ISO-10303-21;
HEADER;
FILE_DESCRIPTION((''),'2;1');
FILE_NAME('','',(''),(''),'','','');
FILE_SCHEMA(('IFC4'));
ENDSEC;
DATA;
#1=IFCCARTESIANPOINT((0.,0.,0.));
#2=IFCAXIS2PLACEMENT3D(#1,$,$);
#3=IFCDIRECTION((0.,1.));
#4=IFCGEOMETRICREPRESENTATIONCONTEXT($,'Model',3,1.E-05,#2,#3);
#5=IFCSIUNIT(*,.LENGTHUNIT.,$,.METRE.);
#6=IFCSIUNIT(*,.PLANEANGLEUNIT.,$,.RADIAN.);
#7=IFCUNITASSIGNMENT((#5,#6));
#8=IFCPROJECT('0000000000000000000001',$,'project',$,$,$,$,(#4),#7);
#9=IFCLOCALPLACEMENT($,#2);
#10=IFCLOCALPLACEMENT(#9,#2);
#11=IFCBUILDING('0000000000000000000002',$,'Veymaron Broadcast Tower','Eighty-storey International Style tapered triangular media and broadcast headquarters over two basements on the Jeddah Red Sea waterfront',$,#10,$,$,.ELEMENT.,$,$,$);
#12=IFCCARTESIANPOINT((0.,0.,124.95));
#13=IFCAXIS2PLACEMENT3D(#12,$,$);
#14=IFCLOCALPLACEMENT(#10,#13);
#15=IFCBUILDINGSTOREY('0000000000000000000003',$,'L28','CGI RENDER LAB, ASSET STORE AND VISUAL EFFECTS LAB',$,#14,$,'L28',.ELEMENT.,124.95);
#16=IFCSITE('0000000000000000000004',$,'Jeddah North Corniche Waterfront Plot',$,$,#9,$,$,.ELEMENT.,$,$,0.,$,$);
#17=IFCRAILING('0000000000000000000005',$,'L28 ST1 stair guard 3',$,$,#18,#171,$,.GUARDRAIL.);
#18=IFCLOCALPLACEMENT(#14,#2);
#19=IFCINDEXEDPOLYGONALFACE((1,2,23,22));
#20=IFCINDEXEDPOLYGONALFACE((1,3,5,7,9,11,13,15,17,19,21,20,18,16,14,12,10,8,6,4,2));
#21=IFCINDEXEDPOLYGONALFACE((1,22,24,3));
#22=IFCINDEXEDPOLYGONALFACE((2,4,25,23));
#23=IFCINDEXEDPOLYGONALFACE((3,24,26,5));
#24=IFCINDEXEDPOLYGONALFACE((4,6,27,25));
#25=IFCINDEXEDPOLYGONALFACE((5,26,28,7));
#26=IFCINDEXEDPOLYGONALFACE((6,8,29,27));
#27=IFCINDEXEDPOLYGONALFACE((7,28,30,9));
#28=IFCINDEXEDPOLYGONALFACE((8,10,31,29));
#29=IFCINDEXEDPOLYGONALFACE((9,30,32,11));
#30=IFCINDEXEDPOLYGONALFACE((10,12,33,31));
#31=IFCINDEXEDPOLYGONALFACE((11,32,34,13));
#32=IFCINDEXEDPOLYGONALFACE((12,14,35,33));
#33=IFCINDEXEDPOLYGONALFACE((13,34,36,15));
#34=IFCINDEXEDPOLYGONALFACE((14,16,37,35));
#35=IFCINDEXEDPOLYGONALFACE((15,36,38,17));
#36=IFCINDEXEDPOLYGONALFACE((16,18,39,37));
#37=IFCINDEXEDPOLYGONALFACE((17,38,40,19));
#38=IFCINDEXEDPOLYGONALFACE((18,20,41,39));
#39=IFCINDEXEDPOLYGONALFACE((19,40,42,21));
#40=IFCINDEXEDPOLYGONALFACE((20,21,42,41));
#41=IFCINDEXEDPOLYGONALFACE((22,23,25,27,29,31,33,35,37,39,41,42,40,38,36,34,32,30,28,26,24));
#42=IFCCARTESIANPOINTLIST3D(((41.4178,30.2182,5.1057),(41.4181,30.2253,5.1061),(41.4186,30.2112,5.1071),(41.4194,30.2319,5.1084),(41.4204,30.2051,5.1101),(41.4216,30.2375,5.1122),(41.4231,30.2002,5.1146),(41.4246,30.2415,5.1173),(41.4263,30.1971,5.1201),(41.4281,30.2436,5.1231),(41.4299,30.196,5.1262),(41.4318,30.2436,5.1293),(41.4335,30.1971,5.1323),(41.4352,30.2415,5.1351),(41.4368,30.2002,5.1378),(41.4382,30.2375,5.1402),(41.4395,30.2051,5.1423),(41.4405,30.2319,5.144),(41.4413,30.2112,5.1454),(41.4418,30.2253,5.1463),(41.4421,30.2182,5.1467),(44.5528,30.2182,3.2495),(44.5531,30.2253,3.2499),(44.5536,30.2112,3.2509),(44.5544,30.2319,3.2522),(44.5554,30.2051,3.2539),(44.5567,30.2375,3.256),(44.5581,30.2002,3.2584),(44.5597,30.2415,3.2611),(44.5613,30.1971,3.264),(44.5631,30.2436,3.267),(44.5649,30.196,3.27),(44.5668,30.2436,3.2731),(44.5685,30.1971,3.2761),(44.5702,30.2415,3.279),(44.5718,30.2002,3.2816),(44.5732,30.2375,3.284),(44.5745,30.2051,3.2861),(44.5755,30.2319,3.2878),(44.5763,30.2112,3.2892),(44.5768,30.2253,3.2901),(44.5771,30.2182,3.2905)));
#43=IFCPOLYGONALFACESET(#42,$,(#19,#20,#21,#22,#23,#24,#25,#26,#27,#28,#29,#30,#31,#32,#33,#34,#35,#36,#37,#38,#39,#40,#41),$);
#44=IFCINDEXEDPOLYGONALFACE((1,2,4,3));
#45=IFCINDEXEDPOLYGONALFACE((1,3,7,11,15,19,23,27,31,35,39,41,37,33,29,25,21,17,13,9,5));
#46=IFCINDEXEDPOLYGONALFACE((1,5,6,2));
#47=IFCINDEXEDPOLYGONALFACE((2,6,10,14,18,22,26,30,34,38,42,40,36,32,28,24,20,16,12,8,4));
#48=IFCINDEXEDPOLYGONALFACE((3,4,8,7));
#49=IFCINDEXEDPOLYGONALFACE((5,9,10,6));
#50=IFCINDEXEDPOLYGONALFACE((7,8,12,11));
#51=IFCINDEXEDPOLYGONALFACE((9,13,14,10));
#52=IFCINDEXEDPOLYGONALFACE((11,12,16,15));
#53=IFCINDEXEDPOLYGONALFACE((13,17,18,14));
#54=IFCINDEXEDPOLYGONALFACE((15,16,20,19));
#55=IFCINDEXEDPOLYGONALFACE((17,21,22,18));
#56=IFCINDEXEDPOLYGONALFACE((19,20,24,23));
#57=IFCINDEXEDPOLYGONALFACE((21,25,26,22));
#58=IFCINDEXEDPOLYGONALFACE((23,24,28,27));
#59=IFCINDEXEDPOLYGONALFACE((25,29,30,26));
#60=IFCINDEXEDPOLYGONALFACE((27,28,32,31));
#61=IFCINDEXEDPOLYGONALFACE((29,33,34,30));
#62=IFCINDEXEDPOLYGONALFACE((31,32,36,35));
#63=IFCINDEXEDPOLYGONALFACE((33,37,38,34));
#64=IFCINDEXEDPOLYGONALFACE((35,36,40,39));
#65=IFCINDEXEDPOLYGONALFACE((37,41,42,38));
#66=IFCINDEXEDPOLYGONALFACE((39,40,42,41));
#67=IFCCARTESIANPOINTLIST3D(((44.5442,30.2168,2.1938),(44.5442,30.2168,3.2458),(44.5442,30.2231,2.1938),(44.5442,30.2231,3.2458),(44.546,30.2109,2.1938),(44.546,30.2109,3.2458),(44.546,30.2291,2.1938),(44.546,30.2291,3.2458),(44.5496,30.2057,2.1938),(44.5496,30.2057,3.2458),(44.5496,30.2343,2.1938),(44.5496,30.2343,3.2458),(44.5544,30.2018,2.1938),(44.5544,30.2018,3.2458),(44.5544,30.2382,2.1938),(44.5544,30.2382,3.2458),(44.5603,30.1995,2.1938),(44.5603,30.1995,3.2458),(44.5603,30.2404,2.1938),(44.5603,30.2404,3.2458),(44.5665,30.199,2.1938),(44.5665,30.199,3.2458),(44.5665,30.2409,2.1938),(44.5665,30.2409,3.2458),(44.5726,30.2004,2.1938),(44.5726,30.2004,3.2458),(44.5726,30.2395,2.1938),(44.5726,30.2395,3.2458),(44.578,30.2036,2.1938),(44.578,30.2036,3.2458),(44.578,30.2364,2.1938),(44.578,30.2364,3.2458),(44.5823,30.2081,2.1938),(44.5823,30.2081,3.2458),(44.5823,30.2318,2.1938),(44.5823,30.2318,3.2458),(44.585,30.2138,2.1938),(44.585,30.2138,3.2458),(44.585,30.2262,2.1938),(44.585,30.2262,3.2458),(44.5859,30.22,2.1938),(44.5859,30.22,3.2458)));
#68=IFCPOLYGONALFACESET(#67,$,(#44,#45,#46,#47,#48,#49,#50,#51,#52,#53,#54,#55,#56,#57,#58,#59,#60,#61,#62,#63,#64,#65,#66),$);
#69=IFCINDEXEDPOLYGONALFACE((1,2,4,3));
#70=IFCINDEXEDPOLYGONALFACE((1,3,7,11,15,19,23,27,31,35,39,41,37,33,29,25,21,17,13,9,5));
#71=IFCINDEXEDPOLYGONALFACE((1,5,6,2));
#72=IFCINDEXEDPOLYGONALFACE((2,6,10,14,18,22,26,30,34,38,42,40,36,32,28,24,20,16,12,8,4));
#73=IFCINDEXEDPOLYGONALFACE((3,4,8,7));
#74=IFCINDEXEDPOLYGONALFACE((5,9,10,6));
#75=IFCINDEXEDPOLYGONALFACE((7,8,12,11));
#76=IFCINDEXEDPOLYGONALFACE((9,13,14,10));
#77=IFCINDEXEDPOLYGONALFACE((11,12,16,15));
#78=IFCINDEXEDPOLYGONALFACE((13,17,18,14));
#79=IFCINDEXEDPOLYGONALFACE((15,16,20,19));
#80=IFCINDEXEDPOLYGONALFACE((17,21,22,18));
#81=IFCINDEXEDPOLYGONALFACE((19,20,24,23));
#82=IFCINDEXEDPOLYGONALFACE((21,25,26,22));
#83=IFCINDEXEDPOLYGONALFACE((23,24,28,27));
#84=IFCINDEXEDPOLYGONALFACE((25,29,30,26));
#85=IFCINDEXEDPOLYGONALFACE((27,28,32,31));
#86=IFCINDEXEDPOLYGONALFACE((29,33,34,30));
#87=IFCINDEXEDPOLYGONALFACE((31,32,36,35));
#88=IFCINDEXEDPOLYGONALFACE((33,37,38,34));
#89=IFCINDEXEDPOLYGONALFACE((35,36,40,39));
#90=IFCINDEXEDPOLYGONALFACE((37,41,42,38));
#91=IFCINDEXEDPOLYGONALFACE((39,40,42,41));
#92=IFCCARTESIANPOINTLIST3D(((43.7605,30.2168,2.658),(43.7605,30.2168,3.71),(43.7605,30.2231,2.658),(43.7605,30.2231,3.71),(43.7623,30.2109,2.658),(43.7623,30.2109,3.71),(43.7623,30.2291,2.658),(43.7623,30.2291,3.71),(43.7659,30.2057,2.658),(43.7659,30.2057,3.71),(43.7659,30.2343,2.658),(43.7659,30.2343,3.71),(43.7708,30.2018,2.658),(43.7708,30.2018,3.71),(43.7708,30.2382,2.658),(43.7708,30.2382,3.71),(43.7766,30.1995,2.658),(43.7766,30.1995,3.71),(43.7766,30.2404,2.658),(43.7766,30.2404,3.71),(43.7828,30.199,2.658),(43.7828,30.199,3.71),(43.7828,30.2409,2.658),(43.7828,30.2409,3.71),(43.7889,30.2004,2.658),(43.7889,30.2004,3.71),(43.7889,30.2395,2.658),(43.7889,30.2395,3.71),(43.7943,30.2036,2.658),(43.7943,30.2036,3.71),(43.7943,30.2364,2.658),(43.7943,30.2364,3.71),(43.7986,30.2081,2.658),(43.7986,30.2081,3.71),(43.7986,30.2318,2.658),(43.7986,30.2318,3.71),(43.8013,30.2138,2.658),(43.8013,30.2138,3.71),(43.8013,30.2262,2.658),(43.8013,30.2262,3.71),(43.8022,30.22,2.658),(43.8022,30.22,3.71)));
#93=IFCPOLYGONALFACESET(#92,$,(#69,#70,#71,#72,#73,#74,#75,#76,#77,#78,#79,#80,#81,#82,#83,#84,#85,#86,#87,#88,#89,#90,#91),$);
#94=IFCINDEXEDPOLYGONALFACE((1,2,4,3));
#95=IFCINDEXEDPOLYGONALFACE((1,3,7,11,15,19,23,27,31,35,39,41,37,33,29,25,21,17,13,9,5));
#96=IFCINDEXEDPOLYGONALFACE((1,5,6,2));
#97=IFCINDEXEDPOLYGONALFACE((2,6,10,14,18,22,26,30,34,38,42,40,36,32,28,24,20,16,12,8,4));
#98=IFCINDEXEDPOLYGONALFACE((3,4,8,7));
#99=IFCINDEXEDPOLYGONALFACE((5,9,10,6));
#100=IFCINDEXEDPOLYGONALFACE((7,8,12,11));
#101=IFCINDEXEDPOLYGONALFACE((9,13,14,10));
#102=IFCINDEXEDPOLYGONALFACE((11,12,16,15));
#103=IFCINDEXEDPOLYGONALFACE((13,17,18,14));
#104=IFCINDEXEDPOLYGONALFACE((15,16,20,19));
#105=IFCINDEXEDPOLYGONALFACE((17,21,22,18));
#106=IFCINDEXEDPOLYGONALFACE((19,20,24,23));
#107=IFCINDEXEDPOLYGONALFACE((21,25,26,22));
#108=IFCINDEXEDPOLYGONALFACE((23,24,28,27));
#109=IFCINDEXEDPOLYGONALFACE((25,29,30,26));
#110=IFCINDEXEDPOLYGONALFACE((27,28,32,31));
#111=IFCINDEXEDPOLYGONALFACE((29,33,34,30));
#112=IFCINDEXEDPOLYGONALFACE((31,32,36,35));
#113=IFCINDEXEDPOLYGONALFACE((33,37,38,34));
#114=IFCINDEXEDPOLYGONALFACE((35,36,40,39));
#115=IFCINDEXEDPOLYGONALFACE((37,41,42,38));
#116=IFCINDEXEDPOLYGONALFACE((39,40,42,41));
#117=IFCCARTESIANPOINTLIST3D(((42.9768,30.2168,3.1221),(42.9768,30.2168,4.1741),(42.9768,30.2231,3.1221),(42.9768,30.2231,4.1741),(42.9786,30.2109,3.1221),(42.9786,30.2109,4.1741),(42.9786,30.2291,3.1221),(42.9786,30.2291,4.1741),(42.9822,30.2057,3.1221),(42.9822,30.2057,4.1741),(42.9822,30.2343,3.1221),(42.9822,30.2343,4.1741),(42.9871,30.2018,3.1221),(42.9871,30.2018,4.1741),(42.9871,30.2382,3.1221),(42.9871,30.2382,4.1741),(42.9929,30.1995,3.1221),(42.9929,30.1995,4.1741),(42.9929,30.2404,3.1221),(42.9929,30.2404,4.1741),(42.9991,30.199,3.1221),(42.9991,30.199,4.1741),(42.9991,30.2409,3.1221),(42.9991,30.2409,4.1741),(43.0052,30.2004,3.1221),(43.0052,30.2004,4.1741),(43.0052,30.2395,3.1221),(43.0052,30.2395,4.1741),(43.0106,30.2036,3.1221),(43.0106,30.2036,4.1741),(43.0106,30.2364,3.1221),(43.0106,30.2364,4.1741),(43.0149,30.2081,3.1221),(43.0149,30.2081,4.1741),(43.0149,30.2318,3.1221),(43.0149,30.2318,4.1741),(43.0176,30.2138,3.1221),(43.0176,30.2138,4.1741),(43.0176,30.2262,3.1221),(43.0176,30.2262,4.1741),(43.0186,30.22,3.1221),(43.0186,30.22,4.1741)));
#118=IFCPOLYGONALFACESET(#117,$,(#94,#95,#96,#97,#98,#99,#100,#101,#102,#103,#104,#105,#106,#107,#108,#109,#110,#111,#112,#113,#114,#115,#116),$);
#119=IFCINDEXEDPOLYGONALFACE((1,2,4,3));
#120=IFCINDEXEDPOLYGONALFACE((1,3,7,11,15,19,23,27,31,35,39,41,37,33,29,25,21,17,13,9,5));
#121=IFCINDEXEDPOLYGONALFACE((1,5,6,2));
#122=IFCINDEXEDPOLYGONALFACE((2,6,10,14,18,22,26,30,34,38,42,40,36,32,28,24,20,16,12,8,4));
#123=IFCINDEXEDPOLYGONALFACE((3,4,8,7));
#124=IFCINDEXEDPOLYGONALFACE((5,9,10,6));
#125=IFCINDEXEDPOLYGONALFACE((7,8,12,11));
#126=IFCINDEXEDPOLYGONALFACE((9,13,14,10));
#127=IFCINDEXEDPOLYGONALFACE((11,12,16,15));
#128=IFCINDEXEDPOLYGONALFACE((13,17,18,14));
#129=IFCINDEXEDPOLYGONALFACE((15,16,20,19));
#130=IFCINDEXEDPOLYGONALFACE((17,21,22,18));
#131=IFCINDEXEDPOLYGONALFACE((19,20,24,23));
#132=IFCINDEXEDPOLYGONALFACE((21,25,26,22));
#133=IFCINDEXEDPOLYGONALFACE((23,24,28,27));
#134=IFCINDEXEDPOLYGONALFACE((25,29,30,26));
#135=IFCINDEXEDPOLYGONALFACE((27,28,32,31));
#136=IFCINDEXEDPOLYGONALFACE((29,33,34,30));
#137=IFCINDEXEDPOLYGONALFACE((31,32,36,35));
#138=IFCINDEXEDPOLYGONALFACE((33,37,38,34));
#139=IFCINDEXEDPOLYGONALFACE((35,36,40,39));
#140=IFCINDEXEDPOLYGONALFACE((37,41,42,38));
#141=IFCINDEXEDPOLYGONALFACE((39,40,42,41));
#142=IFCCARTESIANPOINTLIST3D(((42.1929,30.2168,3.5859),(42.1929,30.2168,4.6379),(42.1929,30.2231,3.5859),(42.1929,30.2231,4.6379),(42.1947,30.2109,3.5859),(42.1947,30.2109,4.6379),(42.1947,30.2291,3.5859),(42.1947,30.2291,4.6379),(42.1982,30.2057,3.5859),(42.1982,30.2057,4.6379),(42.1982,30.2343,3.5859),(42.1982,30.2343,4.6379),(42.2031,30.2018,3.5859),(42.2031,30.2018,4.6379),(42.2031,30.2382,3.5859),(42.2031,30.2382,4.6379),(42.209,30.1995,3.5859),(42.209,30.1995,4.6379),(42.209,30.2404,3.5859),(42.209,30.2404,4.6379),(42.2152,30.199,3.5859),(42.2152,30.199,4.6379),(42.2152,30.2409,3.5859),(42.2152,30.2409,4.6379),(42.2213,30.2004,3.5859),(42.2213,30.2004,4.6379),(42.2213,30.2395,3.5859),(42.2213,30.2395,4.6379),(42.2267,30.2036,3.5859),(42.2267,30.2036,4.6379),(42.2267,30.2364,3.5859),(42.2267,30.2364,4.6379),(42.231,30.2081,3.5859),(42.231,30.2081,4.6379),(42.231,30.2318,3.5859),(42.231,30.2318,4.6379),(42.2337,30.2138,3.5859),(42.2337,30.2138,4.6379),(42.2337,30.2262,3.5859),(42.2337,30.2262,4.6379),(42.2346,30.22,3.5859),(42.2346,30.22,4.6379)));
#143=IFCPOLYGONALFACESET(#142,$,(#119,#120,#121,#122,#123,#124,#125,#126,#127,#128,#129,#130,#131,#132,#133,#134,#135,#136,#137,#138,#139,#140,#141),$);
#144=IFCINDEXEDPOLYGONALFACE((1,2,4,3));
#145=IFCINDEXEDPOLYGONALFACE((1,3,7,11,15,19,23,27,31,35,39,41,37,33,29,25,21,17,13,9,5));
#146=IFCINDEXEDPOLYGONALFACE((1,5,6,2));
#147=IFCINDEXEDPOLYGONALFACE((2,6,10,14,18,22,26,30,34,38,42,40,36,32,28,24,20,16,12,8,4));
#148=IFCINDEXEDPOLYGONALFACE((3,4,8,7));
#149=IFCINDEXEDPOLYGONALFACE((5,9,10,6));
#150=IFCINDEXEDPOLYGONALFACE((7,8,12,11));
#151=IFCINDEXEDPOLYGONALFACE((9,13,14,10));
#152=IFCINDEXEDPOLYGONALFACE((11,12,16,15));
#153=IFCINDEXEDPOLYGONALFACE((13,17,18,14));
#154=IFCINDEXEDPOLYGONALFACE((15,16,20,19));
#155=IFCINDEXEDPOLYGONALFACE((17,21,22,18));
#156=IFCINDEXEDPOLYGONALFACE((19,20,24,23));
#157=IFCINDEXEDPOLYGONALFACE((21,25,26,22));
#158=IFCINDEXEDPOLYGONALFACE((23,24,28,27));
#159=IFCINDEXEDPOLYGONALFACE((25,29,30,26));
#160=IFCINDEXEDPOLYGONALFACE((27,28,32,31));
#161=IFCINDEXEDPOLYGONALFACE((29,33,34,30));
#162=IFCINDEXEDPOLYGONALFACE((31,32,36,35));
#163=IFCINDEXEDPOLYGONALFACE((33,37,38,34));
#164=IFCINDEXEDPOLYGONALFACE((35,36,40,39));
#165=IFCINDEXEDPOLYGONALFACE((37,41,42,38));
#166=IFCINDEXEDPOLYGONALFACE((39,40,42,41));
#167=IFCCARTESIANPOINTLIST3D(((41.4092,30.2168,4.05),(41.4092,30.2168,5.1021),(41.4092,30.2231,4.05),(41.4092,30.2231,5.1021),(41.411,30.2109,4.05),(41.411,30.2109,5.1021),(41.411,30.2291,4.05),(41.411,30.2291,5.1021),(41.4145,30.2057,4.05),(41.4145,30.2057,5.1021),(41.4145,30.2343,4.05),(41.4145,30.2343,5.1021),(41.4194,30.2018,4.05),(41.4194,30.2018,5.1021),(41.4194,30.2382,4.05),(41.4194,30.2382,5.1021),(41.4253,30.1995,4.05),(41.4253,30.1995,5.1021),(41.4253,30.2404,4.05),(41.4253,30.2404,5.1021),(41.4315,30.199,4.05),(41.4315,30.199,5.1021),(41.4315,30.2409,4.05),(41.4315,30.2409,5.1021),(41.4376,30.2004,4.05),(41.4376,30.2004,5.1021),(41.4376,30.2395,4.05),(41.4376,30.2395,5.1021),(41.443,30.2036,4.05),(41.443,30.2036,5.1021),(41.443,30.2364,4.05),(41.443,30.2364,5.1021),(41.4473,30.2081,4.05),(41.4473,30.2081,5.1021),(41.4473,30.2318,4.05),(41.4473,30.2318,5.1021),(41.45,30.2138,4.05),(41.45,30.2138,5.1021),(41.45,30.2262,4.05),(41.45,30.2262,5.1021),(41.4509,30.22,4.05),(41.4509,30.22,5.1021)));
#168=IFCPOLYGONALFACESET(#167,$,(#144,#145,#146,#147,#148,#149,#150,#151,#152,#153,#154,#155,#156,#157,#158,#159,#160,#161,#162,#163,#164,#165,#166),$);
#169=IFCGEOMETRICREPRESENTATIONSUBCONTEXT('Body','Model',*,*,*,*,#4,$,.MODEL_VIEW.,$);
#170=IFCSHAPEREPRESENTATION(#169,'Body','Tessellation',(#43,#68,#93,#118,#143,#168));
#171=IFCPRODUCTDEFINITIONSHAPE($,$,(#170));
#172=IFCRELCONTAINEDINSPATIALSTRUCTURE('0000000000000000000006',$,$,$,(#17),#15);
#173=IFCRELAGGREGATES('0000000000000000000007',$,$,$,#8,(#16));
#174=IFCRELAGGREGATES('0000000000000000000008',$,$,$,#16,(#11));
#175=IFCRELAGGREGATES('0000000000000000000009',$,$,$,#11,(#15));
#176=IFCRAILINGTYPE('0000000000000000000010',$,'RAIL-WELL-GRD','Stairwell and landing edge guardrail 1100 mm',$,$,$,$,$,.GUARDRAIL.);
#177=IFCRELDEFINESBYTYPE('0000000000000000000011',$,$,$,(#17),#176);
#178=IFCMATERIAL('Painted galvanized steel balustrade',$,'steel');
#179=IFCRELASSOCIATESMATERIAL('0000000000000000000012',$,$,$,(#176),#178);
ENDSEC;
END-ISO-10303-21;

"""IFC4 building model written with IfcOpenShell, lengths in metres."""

from ifc_helpers import new_model, si_unit, direction, frame, origin, origin_2d, place, context, subcontext, project, spatial, circle, extrude, material, type_object, element, save


model = new_model("IFC4")

# Units and contexts
model_context = context("Model", 3, precision=1e-05, world=origin(), true_north=direction((0.0, 1.0)))
body_context = subcontext(model_context, "Body", "Model", "MODEL_VIEW")
ifc_project = project(units=[si_unit("LENGTHUNIT", "METRE"), si_unit("PLANEANGLEUNIT", "RADIAN")], contexts=[model_context])

# Site, building, storey
site_placement = place(None, origin())
site = spatial("IfcSite", under=ifc_project, at=site_placement, Name="Jeddah North Corniche Waterfront Plot", CompositionType="ELEMENT", RefElevation=0.0)
building_placement = place(site_placement, origin())
building = spatial("IfcBuilding", under=site, at=building_placement, Name="Veymaron Broadcast Tower", Description="Eighty-storey International Style tapered triangular media and broadcast headquarters over two basements on the Jeddah Red Sea waterfront", CompositionType="ELEMENT")
storey_placement = place(building_placement, frame((0.0, 0.0, 124.95)))
storey = spatial("IfcBuildingStorey", under=building, at=storey_placement, Name="L28", Description="CGI RENDER LAB, ASSET STORE AND VISUAL EFFECTS LAB", LongName="L28", CompositionType="ELEMENT", Elevation=124.95)

# Railing
ifc_material_1 = material(Name="Painted galvanized steel balustrade", Category="steel")
railing_type_1 = type_object("IfcRailingType", Name="RAIL-WELL-GRD", Description="Stairwell and landing edge guardrail 1100 mm", PredefinedType="GUARDRAIL", material=ifc_material_1)
railing_1_placement = place(storey_placement, frame((44.5649, 30.22, 2.1938)))
element("IfcRailing", 1, at=railing_1_placement, inside=storey, type_object=railing_type_1, Name="L28 ST1 stair guard 3", PredefinedType="GUARDRAIL", context=body_context, shape_type="SweptSolid", body=[
    extrude(circle(Radius=0.0239, at=origin_2d()), frame((0.0, 0.0, 1.0762), z_axis=(-0.860482, 0.0, 0.509481), x_axis=(0.0, -1.0, 0.0)), (0.0, 0.0, 1.0), 3.6433),
    extrude(circle(Radius=0.021, at=origin_2d()), origin(), (0.0, 0.0, 1.0), 1.052),
    extrude(circle(Radius=0.021, at=origin_2d()), frame((-0.7837, 0.0, 0.4641)), (0.0, 0.0, 1.0), 1.052),
    extrude(circle(Radius=0.021, at=origin_2d()), frame((-1.5674, 0.0, 0.9282)), (0.0, 0.0, 1.0), 1.052),
    extrude(circle(Radius=0.021, at=origin_2d()), frame((-2.3513, 0.0, 1.3921)), (0.0, 0.0, 1.0), 1.052),
    extrude(circle(Radius=0.021, at=origin_2d()), frame((-3.135, 0.0, 1.8562)), (0.0, 0.0, 1.0), 1.052),
])

save(model, "model.ifc")
